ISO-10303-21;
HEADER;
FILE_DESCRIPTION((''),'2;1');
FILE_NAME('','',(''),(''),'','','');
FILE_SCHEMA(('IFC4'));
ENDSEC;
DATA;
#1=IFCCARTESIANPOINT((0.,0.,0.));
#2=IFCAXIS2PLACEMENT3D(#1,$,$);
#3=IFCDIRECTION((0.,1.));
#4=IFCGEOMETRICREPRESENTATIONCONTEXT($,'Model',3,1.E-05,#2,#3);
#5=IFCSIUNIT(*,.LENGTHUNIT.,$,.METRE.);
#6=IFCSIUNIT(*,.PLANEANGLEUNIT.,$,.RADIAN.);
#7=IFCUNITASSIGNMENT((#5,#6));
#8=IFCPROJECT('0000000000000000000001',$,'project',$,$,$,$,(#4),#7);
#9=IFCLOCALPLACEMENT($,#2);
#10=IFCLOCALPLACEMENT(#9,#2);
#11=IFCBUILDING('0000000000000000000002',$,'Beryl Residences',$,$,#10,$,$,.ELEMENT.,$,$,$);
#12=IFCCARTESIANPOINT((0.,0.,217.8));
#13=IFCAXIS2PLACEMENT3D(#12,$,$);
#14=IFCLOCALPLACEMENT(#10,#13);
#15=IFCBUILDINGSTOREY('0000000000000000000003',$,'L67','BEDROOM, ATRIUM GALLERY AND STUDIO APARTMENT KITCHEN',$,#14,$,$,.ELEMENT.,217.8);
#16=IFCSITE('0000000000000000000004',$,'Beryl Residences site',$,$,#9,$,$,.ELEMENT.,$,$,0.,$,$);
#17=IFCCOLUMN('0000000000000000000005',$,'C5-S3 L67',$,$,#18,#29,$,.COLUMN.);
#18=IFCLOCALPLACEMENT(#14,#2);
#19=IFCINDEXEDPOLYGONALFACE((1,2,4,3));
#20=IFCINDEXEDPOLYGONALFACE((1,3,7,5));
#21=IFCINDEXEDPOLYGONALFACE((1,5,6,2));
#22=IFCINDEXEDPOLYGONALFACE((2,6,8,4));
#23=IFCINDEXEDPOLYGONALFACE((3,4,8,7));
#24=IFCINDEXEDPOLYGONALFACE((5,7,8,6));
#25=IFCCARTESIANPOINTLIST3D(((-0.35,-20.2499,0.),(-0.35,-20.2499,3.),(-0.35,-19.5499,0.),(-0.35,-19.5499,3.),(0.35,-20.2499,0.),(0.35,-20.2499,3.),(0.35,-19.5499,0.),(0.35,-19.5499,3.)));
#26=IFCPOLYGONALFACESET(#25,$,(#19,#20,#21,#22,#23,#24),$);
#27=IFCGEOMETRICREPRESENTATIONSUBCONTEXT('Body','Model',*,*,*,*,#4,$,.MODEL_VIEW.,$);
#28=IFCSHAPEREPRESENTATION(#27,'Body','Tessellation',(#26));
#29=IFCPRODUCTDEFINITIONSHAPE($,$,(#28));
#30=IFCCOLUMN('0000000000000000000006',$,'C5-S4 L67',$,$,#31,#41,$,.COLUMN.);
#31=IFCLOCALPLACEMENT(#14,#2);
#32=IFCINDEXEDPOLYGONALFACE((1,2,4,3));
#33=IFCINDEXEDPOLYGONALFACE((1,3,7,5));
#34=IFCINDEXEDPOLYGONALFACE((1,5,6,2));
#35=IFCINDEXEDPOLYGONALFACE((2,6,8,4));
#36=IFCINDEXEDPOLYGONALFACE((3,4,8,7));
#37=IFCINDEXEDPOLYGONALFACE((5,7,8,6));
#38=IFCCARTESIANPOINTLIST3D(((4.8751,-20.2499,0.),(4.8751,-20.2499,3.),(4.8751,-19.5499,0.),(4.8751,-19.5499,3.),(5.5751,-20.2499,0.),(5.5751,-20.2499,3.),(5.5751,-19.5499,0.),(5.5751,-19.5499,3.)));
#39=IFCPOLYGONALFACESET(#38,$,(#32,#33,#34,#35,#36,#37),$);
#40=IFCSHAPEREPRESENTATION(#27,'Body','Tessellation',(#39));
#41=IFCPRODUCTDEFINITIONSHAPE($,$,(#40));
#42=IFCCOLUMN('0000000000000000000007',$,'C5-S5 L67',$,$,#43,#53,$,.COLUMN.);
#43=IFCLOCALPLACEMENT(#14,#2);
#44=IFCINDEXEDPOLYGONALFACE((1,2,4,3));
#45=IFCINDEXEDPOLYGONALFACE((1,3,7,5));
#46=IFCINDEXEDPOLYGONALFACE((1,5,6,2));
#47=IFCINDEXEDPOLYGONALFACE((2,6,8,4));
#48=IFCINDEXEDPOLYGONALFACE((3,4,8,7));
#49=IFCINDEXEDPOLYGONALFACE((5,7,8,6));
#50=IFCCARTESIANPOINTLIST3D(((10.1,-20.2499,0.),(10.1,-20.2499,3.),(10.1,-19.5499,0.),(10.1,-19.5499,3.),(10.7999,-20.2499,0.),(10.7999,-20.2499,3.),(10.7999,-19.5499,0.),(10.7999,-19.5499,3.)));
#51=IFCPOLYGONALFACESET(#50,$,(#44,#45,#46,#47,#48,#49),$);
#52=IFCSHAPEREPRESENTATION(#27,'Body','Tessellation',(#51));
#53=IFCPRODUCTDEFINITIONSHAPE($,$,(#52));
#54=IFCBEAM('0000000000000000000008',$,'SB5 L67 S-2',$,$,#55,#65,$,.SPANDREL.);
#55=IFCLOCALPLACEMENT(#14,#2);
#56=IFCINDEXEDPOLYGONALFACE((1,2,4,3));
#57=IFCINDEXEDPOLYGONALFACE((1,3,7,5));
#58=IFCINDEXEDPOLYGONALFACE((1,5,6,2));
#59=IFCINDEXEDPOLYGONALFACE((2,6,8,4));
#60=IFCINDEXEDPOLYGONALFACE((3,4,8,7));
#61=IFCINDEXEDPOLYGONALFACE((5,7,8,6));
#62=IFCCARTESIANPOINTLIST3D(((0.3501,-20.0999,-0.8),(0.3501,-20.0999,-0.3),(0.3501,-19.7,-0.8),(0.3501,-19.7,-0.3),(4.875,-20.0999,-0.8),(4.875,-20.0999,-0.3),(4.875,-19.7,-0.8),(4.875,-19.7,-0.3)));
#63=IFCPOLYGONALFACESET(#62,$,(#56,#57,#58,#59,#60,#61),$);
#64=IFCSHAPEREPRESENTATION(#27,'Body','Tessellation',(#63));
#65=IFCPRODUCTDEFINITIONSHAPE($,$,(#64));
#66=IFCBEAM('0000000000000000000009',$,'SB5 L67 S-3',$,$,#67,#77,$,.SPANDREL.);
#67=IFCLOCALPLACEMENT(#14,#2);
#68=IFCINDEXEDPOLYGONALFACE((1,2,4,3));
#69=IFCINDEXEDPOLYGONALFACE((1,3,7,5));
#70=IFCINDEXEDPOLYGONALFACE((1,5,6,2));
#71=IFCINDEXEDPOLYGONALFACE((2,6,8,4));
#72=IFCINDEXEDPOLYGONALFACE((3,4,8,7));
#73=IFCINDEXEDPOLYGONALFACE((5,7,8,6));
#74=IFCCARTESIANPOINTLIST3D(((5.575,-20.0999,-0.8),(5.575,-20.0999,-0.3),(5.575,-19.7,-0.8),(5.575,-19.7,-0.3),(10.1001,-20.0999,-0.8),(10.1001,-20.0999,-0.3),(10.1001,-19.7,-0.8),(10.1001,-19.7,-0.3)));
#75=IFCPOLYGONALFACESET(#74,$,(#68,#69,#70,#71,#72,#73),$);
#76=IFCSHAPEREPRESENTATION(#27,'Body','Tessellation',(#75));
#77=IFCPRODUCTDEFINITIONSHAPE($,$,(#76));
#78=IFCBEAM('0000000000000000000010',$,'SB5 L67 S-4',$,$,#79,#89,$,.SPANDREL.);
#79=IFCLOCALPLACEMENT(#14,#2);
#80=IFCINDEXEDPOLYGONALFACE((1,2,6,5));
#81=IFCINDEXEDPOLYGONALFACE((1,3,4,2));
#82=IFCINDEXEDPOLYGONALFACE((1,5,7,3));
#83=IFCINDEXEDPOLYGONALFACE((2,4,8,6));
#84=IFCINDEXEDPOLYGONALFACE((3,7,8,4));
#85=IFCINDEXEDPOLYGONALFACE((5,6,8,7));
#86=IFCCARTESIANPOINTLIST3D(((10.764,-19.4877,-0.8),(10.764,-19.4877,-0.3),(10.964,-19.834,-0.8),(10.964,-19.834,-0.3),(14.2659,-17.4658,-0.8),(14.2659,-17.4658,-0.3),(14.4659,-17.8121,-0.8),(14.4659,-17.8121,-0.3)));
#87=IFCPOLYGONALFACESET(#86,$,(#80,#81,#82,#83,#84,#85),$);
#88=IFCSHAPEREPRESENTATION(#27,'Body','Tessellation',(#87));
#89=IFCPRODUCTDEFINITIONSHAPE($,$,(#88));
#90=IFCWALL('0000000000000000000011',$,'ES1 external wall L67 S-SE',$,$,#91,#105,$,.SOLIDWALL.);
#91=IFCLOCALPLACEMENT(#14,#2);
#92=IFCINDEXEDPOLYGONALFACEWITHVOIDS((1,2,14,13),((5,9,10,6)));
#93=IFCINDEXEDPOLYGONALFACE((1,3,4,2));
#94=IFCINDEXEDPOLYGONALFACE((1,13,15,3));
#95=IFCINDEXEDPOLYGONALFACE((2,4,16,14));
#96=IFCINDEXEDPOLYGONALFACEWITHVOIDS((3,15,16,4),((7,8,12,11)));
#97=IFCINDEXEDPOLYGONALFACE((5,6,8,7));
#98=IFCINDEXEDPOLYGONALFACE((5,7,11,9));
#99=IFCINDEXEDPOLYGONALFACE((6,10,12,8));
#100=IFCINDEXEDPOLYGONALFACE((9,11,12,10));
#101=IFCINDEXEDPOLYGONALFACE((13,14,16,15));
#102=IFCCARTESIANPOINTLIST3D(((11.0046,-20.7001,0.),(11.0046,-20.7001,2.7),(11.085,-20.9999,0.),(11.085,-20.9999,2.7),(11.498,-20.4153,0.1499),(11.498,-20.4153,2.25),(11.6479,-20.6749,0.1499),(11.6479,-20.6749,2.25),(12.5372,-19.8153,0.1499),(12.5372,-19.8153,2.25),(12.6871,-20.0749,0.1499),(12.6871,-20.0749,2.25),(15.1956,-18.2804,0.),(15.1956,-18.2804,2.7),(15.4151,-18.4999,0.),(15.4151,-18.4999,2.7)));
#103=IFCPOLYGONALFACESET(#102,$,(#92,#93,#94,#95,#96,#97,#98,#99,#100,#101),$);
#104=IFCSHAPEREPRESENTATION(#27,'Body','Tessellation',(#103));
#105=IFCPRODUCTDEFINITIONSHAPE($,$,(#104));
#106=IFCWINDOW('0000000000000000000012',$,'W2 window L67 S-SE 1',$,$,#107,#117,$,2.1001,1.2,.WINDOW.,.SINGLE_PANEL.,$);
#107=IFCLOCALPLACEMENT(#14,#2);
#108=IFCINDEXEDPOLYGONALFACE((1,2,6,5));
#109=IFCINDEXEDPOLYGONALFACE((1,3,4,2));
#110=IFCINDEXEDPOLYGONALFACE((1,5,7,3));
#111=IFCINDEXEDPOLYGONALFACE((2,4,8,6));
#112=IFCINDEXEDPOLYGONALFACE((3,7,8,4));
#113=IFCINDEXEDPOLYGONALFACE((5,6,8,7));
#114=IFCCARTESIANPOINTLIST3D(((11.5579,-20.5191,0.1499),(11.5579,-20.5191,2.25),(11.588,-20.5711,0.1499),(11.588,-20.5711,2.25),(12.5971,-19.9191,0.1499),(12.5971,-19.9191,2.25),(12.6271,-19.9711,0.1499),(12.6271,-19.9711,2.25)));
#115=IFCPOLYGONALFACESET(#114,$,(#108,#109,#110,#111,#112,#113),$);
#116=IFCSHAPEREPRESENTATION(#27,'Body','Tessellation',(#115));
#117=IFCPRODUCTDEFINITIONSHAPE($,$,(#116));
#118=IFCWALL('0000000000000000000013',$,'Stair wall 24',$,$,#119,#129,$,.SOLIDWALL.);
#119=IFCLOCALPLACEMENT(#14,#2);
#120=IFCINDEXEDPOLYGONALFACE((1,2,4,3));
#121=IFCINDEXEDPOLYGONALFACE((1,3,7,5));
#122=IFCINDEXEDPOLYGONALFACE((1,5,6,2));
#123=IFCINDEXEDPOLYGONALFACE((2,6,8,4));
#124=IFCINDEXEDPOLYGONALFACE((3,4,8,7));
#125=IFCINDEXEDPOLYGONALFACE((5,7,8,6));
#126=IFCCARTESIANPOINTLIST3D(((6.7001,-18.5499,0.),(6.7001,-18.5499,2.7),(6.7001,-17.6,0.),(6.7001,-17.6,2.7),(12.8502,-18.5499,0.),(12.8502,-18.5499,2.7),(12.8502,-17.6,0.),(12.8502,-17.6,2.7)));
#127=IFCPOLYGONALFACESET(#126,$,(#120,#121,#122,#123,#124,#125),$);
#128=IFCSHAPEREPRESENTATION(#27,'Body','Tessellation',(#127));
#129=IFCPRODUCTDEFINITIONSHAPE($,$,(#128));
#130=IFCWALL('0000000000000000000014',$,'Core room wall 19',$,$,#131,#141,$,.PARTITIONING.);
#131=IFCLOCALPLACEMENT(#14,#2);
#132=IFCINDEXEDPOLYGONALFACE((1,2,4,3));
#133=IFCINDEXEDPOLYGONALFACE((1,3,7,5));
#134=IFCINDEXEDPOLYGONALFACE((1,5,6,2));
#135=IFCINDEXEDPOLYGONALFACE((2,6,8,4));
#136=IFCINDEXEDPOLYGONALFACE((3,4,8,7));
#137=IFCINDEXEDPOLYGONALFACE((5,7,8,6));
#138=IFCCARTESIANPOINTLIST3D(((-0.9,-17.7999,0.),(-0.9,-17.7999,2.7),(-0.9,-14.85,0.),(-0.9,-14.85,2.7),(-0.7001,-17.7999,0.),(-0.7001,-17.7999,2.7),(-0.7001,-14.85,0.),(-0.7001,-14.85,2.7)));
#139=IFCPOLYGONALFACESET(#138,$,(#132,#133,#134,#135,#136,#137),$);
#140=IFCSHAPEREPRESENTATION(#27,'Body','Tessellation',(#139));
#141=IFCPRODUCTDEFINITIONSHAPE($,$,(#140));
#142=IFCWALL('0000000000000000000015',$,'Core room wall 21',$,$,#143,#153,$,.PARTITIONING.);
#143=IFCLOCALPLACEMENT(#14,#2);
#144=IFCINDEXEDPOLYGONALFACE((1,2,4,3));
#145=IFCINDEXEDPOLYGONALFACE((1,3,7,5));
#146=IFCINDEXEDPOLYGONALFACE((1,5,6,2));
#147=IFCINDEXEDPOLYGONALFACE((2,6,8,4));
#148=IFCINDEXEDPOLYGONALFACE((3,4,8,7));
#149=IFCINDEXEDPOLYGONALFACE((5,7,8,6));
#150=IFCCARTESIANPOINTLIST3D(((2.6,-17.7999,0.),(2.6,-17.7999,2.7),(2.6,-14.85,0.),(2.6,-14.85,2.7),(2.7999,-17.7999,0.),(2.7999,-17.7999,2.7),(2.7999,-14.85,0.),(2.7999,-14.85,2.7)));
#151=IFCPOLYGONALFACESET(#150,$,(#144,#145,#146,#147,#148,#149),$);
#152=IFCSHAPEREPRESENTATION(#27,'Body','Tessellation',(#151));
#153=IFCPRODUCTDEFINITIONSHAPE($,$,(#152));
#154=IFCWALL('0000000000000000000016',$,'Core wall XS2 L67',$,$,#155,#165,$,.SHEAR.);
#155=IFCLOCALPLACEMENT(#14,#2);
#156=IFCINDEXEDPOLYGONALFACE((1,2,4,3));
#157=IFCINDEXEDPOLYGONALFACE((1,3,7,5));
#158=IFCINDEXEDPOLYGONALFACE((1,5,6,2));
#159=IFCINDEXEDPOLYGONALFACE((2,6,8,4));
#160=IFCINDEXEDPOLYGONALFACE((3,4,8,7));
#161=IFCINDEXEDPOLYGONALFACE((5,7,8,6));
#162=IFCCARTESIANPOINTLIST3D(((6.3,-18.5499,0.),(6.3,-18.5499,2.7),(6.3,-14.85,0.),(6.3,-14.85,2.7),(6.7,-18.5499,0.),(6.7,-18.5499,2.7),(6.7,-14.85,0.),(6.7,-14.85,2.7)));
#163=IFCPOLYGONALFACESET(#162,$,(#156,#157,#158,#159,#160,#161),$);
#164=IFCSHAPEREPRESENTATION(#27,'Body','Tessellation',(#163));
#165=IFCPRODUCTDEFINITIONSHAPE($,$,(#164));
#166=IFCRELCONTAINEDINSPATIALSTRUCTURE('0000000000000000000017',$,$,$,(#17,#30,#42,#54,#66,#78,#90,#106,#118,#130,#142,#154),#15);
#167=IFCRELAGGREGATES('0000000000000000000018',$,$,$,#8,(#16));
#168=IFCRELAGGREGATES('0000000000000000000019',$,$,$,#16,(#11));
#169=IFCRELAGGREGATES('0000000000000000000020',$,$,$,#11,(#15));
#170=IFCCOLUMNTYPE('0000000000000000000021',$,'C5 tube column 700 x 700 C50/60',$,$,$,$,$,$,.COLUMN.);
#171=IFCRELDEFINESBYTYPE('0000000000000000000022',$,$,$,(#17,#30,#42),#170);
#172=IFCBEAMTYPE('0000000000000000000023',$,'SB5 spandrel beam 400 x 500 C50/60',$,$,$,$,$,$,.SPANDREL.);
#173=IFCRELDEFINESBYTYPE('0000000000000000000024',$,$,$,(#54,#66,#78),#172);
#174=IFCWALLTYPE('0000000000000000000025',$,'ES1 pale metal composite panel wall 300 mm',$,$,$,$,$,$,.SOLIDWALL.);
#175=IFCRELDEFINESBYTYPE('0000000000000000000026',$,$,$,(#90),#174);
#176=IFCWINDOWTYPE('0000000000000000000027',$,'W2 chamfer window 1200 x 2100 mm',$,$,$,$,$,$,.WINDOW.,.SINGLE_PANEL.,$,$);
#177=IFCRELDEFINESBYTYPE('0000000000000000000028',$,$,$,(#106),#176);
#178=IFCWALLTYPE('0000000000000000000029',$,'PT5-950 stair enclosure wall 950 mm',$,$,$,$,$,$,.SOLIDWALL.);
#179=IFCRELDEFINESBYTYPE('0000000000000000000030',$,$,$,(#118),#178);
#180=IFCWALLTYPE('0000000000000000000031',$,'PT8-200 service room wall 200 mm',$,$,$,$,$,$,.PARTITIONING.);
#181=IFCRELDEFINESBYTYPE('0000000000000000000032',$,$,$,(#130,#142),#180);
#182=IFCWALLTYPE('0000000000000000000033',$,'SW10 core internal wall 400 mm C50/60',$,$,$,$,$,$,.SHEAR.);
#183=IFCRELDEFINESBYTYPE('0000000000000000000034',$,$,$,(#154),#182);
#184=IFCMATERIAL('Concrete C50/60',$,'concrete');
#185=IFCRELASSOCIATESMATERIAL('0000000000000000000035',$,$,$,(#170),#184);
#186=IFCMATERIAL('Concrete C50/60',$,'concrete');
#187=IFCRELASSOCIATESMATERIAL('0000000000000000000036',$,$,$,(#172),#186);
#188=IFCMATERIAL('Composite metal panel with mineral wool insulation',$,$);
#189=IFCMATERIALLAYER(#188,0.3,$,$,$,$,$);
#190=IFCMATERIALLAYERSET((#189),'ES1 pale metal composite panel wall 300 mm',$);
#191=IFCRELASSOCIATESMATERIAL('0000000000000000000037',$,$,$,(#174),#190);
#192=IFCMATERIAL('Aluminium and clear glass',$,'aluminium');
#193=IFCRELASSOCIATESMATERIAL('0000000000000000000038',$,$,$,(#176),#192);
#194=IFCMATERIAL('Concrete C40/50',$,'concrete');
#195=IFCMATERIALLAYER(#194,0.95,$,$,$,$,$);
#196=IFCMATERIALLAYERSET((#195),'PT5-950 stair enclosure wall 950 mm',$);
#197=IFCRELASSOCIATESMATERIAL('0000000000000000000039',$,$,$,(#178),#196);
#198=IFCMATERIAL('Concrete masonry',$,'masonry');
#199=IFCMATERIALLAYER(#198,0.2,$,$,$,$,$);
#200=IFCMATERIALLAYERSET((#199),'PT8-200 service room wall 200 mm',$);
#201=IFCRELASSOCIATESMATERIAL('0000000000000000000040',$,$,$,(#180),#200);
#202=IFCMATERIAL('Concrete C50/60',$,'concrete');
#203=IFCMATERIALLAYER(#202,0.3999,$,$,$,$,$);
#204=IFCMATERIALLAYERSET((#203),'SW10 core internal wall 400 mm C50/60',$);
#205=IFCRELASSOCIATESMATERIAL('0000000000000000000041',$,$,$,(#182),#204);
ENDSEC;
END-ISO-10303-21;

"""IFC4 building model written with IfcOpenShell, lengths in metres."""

from ifc_helpers import new_model, si_unit, direction, frame, frame_2d, origin, origin_2d, place, context, subcontext, project, spatial, polyline, rectangle, outline, extrude, material, layer, layer_set, material_profile, profile_set, type_object, element, fill, save


model = new_model("IFC4")

# Units and contexts
model_context = context("Model", 3, precision=1e-05, world=origin(), true_north=direction((0.0, 1.0)))
body_context = subcontext(model_context, "Body", "Model", "MODEL_VIEW")
ifc_project = project(units=[si_unit("LENGTHUNIT", "METRE"), si_unit("PLANEANGLEUNIT", "RADIAN")], contexts=[model_context])

# Site, building, storey
site_placement = place(None, origin())
site = spatial("IfcSite", under=ifc_project, at=site_placement, Name="Beryl Residences site", CompositionType="ELEMENT", RefElevation=0.0)
building_placement = place(site_placement, origin())
building = spatial("IfcBuilding", under=site, at=building_placement, Name="Beryl Residences", CompositionType="ELEMENT")
storey_placement = place(building_placement, frame((0.0, 0.0, 217.8)))
storey = spatial("IfcBuildingStorey", under=building, at=storey_placement, Name="L67", Description="BEDROOM, ATRIUM GALLERY AND STUDIO APARTMENT KITCHEN", CompositionType="ELEMENT", Elevation=217.8)

# Columns
ifc_material_1 = material(Name="Concrete C50/60", Category="concrete")
ifc_material_profile_1 = material_profile(ifc_material_1, rectangle(XDim=0.7, YDim=0.7, at=origin_2d()))
ifc_profile_set_1 = profile_set([ifc_material_profile_1], Name="Concrete C50/60")
column_type = type_object("IfcColumnType", Name="C5 tube column 700 x 700 C50/60", PredefinedType="COLUMN", material=ifc_profile_set_1)
for number, where, z_axis, x_axis, name in (
    (1, (0.0, -19.8999, 0.0), (0.0, 0.0, 1.0), (1.0, 0.0, 0.0), "C5-S3 L67"),
    (2, (5.2251, -19.8999, 0.0), (0.0, 0.0, 1.0), (1.0, 0.0, 0.0), "C5-S4 L67"),
    (3, (10.45, -19.8999, 0.0), (0.0, 0.0, 1.0), (1.0, 0.0, 0.0), "C5-S5 L67"),
):
    element("IfcColumn", number, at=place(storey_placement, frame(where, z_axis=z_axis, x_axis=x_axis)), inside=storey, type_object=column_type, Name=name, PredefinedType="COLUMN", context=body_context, shape_type="SweptSolid", body=[
        extrude(rectangle(XDim=0.7, YDim=0.7, at=origin_2d()), origin(), (0.0, 0.0, 1.0), 3.0),
    ])

# Beams
ifc_material_2 = material(Name="Concrete C50/60", Category="concrete")
ifc_material_profile_2 = material_profile(ifc_material_2, rectangle(XDim=0.3999, YDim=0.5, at=origin_2d()))
ifc_profile_set_2 = profile_set([ifc_material_profile_2], Name="Concrete C50/60")
beam_type = type_object("IfcBeamType", Name="SB5 spandrel beam 400 x 500 C50/60", PredefinedType="SPANDREL", material=ifc_profile_set_2)
beam_1_placement = place(storey_placement, frame((0.3501, -19.8999, -0.55), z_axis=(1.0, 0.0, 0.0), x_axis=(0.0, 1.0, 0.0)))
element("IfcBeam", 4, at=beam_1_placement, inside=storey, type_object=beam_type, Name="SB5 L67 S-2", PredefinedType="SPANDREL", context=body_context, shape_type="SweptSolid", body=[
    extrude(rectangle(XDim=0.3999, YDim=0.5, at=origin_2d()), origin(), (0.0, 0.0, 1.0), 4.5249),
])
beam_2_placement = place(storey_placement, frame((5.575, -19.8999, -0.55), z_axis=(1.0, 0.0, 0.0), x_axis=(0.0, 1.0, 0.0)))
element("IfcBeam", 5, at=beam_2_placement, inside=storey, type_object=beam_type, Name="SB5 L67 S-3", PredefinedType="SPANDREL", context=body_context, shape_type="SweptSolid", body=[
    extrude(rectangle(XDim=0.3999, YDim=0.5, at=origin_2d()), origin(), (0.0, 0.0, 1.0), 4.5251),
])
beam_3_placement = place(storey_placement, frame((10.864, -19.6609, -0.55), z_axis=(0.866013, 0.500022, 0.0), x_axis=(-0.500022, 0.866013, 0.0)))
element("IfcBeam", 6, at=beam_3_placement, inside=storey, type_object=beam_type, Name="SB5 L67 S-4", PredefinedType="SPANDREL", context=body_context, shape_type="SweptSolid", body=[
    extrude(rectangle(XDim=0.3999, YDim=0.5, at=origin_2d()), origin(), (0.0, 0.0, 1.0), 4.0437),
])

# Wall, opening, window
ifc_material_3 = material(Name="Composite metal panel with mineral wool insulation")
ifc_layer_1 = layer(ifc_material_3, 0.3)
ifc_layer_set_1 = layer_set([ifc_layer_1], Name="ES1 pale metal composite panel wall 300 mm")
wall_type_1 = type_object("IfcWallType", Name="ES1 pale metal composite panel wall 300 mm", PredefinedType="SOLIDWALL", material=ifc_layer_set_1)
wall_1_placement = place(storey_placement, frame((11.01, -20.8701, 0.0), z_axis=(0.0, 0.0, 1.0), x_axis=(0.866023, 0.500004, 0.0)))
wall_1 = element("IfcWall", 7, at=wall_1_placement, inside=storey, type_object=wall_type_1, Name="ES1 external wall L67 S-SE", PredefinedType="SOLIDWALL", context=body_context, shape_type="SweptSolid", body=[
    extrude(outline(polyline([(0.0, -0.1499), (5.0, -0.1499), (4.9197, 0.1499), (0.0803, 0.1499), (0.0, -0.1499)])), origin(), (0.0, 0.0, 1.0), 2.7),
])
opening_placement = place(wall_1_placement, frame((0.6499, 0.0, 0.1499)))
opening = element("IfcOpeningElement", 8, at=opening_placement, cuts=wall_1, PredefinedType="OPENING", context=body_context, shape_type="SweptSolid", body=[
    extrude(rectangle(XDim=1.2, YDim=2.1001, at=frame_2d((0.6001, 1.05))), frame((0.0, 0.1599, 0.0), z_axis=(0.0, -1.0, 0.0), x_axis=(1.0, 0.0, 0.0)), (0.0, 0.0, 1.0), 0.3201),
])
ifc_material_4 = material(Name="Aluminium and clear glass", Category="aluminium")
window_type = type_object("IfcWindowType", Name="W2 chamfer window 1200 x 2100 mm", PartitioningType="SINGLE_PANEL", PredefinedType="WINDOW", material=ifc_material_4)
window_placement = place(opening_placement, origin())
window = element("IfcWindow", 9, at=window_placement, inside=storey, type_object=window_type, Name="W2 window L67 S-SE 1", OverallHeight=2.1001, OverallWidth=1.2, PartitioningType="SINGLE_PANEL", PredefinedType="WINDOW", context=body_context, shape_type="SweptSolid", body=[
    extrude(rectangle(XDim=1.2, YDim=2.1001, at=frame_2d((0.6001, 1.05))), frame((0.0, 0.03, 0.0), z_axis=(0.0, -1.0, 0.0), x_axis=(1.0, 0.0, 0.0)), (0.0, 0.0, 1.0), 0.0601),
])
fill(opening, window)

# Walls
ifc_material_5 = material(Name="Concrete C40/50", Category="concrete")
ifc_layer_2 = layer(ifc_material_5, 0.95)
ifc_layer_set_2 = layer_set([ifc_layer_2], Name="PT5-950 stair enclosure wall 950 mm")
wall_type_2 = type_object("IfcWallType", Name="PT5-950 stair enclosure wall 950 mm", PredefinedType="SOLIDWALL", material=ifc_layer_set_2)
wall_2_placement = place(storey_placement, frame((6.7, -18.075, 0.0), z_axis=(0.0, 0.0, 1.0), x_axis=(1.0, 0.0, 0.0)))
element("IfcWall", 10, at=wall_2_placement, inside=storey, type_object=wall_type_2, Name="Stair wall 24", PredefinedType="SOLIDWALL", context=body_context, shape_type="SweptSolid", body=[
    extrude(rectangle(XDim=6.1501, YDim=0.95, at=frame_2d((3.0752, 0.0))), origin(), (0.0, 0.0, 1.0), 2.7),
])
ifc_material_6 = material(Name="Concrete masonry", Category="masonry")
ifc_layer_3 = layer(ifc_material_6, 0.2)
ifc_layer_set_3 = layer_set([ifc_layer_3], Name="PT8-200 service room wall 200 mm")
wall_type_3 = type_object("IfcWallType", Name="PT8-200 service room wall 200 mm", PredefinedType="PARTITIONING", material=ifc_layer_set_3)
for number, where, z_axis, x_axis, name in (
    (11, (-0.8, -17.8, 0.0), (0.0, 0.0, 1.0), (0.0, 1.0, 0.0), "Core room wall 19"),
    (12, (2.7, -17.8, 0.0), (0.0, 0.0, 1.0), (0.0, 1.0, 0.0), "Core room wall 21"),
):
    element("IfcWall", number, at=place(storey_placement, frame(where, z_axis=z_axis, x_axis=x_axis)), inside=storey, type_object=wall_type_3, Name=name, PredefinedType="PARTITIONING", context=body_context, shape_type="SweptSolid", body=[
        extrude(rectangle(XDim=2.95, YDim=0.2, at=frame_2d((1.4751, 0.0))), origin(), (0.0, 0.0, 1.0), 2.7),
    ])
ifc_material_7 = material(Name="Concrete C50/60", Category="concrete")
ifc_layer_4 = layer(ifc_material_7, 0.3999)
ifc_layer_set_4 = layer_set([ifc_layer_4], Name="SW10 core internal wall 400 mm C50/60")
wall_type_4 = type_object("IfcWallType", Name="SW10 core internal wall 400 mm C50/60", PredefinedType="SHEAR", material=ifc_layer_set_4)
wall_3_placement = place(storey_placement, frame((6.5, -18.55, 0.0), z_axis=(0.0, 0.0, 1.0), x_axis=(0.0, 1.0, 0.0)))
element("IfcWall", 13, at=wall_3_placement, inside=storey, type_object=wall_type_4, Name="Core wall XS2 L67", PredefinedType="SHEAR", context=body_context, shape_type="SweptSolid", body=[
    extrude(rectangle(XDim=3.7, YDim=0.3999, at=frame_2d((1.8501, 0.0))), origin(), (0.0, 0.0, 1.0), 2.7),
])

save(model, "model.ifc")
